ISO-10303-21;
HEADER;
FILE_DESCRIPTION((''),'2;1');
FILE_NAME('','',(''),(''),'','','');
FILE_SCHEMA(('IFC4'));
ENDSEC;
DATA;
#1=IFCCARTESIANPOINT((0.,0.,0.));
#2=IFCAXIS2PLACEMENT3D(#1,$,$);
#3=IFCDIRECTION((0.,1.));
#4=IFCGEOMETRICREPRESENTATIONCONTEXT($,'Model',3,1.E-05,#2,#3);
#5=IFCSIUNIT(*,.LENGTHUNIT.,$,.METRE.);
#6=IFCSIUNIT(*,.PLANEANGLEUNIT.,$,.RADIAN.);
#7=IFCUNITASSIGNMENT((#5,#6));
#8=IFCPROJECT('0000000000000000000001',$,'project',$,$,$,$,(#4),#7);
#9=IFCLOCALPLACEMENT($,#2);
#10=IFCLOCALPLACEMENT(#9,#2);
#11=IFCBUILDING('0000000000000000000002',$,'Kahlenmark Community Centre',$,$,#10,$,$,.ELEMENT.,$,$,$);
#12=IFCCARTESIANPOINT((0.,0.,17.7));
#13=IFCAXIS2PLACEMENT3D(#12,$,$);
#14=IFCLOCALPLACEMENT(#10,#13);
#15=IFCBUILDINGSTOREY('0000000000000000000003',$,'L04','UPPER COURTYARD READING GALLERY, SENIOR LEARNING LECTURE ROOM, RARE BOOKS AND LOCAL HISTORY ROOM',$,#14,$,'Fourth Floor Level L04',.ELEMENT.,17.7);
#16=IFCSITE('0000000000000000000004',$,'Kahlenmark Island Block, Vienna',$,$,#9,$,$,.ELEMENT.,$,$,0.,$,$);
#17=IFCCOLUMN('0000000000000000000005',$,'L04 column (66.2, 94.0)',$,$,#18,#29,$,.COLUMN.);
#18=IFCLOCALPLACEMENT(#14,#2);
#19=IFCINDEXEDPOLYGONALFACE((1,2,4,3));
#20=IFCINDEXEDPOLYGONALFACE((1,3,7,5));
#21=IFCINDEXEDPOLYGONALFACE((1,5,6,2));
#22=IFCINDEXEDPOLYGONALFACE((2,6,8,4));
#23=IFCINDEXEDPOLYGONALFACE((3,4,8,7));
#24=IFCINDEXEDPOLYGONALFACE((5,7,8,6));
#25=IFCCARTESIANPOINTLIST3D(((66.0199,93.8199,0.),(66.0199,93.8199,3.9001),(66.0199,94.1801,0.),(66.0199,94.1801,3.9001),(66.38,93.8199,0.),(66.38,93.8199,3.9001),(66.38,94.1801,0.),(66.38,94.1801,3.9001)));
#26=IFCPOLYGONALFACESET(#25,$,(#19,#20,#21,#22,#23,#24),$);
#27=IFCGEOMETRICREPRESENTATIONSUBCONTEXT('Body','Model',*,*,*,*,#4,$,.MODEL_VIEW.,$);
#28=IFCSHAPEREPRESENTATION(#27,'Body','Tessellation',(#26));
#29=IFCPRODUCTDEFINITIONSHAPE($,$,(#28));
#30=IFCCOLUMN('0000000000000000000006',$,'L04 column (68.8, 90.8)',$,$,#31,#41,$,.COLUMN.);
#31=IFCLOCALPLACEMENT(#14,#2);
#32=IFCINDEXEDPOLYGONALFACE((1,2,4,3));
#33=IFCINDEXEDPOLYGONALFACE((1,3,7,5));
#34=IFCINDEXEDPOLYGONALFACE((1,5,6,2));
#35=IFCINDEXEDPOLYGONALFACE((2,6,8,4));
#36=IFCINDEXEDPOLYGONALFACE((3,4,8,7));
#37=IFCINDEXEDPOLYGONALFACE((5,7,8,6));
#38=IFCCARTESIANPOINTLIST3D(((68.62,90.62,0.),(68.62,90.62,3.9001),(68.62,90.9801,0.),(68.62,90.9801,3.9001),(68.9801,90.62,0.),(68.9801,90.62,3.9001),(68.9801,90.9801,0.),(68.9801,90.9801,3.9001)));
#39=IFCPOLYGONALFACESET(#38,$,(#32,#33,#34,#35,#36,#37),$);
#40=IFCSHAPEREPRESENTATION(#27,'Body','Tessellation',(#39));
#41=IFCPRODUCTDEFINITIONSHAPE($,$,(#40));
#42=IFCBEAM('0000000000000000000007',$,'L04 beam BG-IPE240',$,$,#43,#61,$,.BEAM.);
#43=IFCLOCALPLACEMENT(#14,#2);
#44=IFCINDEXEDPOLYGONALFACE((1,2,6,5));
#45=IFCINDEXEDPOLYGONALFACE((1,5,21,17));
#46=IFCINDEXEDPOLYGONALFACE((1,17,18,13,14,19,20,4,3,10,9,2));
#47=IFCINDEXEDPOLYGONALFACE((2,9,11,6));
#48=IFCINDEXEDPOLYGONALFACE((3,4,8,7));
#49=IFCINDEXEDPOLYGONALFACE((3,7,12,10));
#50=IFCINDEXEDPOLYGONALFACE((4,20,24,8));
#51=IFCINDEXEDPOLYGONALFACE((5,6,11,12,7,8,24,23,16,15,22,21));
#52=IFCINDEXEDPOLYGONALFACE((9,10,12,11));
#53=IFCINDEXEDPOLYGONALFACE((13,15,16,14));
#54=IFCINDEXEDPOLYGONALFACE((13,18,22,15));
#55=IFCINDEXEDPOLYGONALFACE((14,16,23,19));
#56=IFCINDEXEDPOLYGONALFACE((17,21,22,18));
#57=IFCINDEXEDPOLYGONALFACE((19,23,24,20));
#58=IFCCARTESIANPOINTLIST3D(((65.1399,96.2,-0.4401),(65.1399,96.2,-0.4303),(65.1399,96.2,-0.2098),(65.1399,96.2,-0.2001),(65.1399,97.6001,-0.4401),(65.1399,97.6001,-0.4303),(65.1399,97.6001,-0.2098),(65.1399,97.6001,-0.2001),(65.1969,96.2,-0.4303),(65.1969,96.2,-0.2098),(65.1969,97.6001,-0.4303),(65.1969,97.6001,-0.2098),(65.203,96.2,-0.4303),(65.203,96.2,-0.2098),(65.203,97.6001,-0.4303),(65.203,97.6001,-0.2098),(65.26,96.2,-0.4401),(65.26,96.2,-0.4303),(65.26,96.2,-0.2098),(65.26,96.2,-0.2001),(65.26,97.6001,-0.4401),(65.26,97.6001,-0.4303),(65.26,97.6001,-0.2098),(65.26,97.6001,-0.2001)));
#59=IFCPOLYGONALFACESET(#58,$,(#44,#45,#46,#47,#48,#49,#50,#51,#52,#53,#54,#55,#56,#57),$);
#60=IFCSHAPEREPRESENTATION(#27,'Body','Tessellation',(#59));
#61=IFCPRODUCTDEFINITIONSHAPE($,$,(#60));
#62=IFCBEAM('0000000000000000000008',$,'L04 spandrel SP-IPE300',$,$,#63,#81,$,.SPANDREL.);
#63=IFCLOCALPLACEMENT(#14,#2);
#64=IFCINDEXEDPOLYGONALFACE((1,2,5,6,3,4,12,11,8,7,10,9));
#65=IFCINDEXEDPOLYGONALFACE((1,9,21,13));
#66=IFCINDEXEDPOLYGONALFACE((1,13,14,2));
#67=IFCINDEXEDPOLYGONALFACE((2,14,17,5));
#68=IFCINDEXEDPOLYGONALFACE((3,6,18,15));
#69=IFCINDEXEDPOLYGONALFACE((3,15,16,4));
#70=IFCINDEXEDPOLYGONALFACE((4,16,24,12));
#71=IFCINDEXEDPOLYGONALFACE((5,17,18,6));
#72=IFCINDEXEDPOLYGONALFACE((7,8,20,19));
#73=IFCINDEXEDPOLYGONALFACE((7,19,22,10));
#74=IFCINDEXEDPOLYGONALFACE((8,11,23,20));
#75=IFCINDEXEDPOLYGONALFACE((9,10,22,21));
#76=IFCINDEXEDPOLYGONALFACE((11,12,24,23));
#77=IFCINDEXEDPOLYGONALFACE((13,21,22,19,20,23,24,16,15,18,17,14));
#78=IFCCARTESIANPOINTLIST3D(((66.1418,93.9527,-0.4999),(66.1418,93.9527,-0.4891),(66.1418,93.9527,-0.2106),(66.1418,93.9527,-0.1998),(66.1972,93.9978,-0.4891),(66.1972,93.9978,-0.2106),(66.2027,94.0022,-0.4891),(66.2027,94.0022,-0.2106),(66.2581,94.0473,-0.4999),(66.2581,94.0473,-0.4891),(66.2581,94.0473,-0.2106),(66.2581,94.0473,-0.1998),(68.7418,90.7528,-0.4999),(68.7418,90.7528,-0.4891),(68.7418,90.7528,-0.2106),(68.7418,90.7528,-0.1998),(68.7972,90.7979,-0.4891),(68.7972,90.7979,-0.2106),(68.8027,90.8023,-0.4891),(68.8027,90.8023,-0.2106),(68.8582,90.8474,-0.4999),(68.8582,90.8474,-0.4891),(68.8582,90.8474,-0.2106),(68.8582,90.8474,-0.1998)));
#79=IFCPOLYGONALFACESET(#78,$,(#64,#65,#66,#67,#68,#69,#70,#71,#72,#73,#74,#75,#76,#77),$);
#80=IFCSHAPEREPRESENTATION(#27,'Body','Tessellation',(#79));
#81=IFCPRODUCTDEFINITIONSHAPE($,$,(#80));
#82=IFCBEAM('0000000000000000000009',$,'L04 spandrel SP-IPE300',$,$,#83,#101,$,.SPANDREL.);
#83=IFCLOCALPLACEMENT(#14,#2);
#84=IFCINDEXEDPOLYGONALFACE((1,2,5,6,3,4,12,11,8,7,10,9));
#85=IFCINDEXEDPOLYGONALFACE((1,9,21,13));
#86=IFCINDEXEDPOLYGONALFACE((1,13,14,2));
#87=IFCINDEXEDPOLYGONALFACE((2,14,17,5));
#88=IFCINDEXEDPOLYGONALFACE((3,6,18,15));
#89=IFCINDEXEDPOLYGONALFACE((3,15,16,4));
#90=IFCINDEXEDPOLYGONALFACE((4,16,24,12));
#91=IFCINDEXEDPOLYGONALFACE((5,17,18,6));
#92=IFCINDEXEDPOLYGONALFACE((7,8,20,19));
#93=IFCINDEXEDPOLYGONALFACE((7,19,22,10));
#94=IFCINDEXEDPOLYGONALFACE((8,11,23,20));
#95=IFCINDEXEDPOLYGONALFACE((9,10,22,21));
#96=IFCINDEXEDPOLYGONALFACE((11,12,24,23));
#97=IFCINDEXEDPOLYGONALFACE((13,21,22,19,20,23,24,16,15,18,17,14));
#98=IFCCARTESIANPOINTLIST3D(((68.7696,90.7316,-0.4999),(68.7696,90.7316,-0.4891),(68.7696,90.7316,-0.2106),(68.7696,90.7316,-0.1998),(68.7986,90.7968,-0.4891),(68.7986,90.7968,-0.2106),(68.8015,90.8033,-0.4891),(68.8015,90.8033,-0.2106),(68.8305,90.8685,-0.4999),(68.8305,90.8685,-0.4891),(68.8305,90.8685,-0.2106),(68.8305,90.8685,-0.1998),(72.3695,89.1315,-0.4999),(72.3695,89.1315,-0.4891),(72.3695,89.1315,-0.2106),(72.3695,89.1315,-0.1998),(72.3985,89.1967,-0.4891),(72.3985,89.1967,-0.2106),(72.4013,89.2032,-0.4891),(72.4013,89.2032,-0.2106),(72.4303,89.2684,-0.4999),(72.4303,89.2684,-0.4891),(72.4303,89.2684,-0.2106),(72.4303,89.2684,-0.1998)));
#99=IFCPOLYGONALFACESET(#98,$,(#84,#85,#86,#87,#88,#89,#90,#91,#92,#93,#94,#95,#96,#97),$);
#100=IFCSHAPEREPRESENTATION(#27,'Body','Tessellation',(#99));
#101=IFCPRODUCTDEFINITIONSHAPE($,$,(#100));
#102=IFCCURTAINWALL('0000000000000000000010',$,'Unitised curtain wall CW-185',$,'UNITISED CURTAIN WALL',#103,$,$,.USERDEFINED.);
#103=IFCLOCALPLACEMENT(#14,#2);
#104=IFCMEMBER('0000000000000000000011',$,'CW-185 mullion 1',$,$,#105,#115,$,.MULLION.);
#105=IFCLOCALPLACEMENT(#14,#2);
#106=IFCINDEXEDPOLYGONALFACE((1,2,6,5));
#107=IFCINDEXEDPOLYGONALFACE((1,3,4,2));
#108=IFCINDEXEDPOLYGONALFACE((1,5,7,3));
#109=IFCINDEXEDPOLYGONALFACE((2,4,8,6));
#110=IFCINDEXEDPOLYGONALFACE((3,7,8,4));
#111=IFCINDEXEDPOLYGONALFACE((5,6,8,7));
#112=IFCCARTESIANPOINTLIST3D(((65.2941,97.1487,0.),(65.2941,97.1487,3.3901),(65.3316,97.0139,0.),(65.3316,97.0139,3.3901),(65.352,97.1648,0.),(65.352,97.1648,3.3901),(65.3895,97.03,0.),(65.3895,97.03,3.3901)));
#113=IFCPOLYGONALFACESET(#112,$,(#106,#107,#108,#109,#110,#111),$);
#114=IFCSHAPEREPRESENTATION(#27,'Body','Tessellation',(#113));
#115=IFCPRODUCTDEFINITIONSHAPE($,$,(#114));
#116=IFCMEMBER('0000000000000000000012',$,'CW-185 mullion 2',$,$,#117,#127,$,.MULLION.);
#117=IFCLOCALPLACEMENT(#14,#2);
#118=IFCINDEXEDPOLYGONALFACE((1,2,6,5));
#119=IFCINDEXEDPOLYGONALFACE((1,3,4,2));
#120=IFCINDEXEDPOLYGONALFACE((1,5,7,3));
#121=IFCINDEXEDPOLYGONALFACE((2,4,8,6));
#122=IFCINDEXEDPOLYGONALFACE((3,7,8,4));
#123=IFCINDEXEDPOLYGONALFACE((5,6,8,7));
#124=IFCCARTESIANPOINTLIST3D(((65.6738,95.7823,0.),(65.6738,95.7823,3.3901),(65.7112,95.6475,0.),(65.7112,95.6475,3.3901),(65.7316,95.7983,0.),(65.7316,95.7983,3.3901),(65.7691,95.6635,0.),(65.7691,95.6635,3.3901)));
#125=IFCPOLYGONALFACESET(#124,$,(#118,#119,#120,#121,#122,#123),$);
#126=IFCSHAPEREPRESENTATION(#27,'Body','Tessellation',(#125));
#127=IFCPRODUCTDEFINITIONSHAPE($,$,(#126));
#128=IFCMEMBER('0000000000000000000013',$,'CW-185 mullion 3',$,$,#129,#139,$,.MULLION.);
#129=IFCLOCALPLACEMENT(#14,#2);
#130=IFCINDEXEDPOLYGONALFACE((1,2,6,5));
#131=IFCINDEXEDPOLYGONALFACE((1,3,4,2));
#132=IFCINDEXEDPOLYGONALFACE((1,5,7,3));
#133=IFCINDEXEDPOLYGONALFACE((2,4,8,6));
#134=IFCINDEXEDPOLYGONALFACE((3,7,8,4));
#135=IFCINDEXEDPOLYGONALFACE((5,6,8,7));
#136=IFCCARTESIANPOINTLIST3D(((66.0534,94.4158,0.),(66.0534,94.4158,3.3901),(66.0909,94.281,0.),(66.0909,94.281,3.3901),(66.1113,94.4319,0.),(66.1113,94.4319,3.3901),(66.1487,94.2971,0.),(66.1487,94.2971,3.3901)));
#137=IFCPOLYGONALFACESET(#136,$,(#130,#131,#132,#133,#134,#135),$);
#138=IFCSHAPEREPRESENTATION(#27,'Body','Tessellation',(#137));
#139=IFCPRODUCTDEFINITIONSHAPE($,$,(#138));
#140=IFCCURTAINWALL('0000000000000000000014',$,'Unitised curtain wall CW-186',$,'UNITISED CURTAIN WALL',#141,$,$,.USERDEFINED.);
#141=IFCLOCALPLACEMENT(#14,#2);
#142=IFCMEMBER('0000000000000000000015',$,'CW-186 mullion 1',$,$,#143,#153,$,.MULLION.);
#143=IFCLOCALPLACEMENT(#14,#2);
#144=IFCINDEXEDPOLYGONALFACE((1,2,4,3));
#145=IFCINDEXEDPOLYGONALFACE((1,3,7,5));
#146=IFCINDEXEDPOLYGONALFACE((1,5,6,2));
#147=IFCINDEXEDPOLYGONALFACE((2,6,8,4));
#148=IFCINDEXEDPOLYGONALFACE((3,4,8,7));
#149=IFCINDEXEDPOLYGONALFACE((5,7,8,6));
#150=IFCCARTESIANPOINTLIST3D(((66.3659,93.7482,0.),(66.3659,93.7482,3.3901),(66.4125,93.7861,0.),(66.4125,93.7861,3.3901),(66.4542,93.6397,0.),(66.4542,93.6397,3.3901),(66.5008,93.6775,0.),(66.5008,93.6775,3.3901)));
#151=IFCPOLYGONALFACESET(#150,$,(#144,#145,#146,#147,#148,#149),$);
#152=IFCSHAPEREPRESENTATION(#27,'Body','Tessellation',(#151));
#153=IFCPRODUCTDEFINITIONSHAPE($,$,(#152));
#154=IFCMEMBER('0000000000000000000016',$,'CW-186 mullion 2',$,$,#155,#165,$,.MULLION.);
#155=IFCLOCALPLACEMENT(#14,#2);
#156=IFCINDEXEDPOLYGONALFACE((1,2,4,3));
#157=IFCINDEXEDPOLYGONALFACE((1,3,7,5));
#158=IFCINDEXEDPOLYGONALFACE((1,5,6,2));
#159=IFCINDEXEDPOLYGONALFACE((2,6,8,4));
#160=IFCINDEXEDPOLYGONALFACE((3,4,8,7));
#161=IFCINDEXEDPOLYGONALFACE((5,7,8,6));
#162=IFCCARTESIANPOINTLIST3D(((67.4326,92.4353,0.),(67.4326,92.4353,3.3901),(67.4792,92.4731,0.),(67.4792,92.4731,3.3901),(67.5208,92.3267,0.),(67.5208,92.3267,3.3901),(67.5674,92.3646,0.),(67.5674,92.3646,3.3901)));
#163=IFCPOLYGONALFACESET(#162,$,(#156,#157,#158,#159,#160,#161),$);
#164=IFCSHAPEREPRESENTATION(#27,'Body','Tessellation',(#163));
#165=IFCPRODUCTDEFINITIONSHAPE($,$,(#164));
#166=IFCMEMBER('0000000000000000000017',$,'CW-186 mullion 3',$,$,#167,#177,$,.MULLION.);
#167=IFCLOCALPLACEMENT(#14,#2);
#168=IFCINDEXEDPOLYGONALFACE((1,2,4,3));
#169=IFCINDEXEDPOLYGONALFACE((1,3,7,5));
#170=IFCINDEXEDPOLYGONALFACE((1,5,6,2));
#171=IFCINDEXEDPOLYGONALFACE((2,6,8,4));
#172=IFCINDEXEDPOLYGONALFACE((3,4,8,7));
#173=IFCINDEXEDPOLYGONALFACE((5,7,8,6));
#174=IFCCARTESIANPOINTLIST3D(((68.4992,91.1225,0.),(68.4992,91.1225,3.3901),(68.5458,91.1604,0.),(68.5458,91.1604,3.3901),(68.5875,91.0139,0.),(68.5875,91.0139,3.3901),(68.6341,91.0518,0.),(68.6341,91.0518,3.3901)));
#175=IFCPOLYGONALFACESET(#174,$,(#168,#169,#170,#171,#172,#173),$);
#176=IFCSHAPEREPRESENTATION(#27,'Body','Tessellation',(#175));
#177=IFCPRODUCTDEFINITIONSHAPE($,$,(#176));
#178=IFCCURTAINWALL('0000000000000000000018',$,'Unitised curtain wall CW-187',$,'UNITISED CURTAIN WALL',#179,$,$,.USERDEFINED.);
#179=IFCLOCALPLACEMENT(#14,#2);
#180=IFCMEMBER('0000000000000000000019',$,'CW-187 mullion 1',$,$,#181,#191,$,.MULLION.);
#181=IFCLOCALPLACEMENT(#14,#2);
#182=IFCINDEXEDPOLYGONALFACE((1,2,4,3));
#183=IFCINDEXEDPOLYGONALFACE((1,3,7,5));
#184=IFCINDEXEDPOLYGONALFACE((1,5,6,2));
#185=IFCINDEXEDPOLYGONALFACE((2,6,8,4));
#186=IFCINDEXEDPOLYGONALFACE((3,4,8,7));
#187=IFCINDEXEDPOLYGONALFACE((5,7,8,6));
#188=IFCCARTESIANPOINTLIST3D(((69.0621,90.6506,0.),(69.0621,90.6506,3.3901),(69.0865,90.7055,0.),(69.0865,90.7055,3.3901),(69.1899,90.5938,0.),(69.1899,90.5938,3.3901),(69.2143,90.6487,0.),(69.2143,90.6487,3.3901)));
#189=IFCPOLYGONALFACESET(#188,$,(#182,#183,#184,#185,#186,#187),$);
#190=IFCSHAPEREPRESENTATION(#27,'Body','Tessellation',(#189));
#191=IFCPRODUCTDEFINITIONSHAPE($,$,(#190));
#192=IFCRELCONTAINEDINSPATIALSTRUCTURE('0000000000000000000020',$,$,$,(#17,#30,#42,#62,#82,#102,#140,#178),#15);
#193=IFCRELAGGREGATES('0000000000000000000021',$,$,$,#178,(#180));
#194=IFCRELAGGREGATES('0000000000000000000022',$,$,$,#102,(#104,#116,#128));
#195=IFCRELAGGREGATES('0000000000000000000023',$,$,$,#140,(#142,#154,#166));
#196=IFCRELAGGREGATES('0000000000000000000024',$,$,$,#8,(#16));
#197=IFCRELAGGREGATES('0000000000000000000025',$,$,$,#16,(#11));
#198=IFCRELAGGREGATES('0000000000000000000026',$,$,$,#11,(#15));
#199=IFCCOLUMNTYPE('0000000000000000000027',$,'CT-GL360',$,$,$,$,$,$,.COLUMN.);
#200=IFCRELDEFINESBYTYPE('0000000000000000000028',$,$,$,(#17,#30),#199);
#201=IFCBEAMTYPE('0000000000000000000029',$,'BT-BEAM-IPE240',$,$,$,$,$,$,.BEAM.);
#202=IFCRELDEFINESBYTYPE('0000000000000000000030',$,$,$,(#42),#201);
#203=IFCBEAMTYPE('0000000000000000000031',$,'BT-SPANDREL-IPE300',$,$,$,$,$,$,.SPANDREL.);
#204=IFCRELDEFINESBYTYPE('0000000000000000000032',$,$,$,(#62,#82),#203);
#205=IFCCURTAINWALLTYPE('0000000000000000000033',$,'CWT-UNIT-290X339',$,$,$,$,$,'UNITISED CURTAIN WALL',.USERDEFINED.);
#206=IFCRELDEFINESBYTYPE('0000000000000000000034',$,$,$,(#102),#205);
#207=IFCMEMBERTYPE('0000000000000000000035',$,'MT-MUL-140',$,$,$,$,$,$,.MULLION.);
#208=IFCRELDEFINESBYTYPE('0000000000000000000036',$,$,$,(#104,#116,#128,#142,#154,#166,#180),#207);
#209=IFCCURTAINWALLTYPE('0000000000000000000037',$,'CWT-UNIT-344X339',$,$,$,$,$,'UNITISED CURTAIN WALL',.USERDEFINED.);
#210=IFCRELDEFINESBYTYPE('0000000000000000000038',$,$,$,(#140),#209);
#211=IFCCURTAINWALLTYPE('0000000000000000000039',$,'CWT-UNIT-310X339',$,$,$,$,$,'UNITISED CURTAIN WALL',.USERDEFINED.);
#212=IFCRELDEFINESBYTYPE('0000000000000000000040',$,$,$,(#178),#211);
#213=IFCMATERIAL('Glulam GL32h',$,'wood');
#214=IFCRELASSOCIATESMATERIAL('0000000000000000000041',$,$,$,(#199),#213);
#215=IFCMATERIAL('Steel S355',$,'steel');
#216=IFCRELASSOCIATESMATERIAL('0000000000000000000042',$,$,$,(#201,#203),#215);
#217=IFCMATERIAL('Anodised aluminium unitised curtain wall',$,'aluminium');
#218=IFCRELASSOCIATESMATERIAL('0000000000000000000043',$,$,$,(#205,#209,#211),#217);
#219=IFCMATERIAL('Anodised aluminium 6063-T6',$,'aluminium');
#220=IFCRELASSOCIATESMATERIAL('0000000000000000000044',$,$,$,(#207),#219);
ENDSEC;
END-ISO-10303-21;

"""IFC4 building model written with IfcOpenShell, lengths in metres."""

from ifc_helpers import new_model, si_unit, direction, frame, origin, origin_2d, place, context, subcontext, project, spatial, rectangle, i_section, extrude, material, material_profile, profile_set, type_object, element, aggregate, save


model = new_model("IFC4")

# Units and contexts
model_context = context("Model", 3, precision=1e-05, world=origin(), true_north=direction((0.0, 1.0)))
body_context = subcontext(model_context, "Body", "Model", "MODEL_VIEW")
ifc_project = project(units=[si_unit("LENGTHUNIT", "METRE"), si_unit("PLANEANGLEUNIT", "RADIAN")], contexts=[model_context])

# Site, building, storey
site_placement = place(None, origin())
site = spatial("IfcSite", under=ifc_project, at=site_placement, Name="Kahlenmark Island Block, Vienna", CompositionType="ELEMENT", RefElevation=0.0)
building_placement = place(site_placement, origin())
building = spatial("IfcBuilding", under=site, at=building_placement, Name="Kahlenmark Community Centre", CompositionType="ELEMENT")
storey_placement = place(building_placement, frame((0.0, 0.0, 17.7)))
storey = spatial("IfcBuildingStorey", under=building, at=storey_placement, Name="L04", Description="UPPER COURTYARD READING GALLERY, SENIOR LEARNING LECTURE ROOM, RARE BOOKS AND LOCAL HISTORY ROOM", LongName="Fourth Floor Level L04", CompositionType="ELEMENT", Elevation=17.7)

# Columns
ifc_material_1 = material(Name="Glulam GL32h", Category="wood")
ifc_material_profile_1 = material_profile(ifc_material_1, rectangle(XDim=0.3601, YDim=0.3601, at=origin_2d()), Name="GL32h 360x360")
ifc_profile_set_1 = profile_set([ifc_material_profile_1], Name="Glulam GL32h")
column_type = type_object("IfcColumnType", Name="CT-GL360", PredefinedType="COLUMN", material=ifc_profile_set_1)
for number, where, z_axis, x_axis, name in (
    (1, (66.2, 94.0, 0.0), (0.0, 0.0, 1.0), (1.0, 0.0, 0.0), "L04 column (66.2, 94.0)"),
    (2, (68.8, 90.8, 0.0), (0.0, 0.0, 1.0), (1.0, 0.0, 0.0), "L04 column (68.8, 90.8)"),
):
    element("IfcColumn", number, at=place(storey_placement, frame(where, z_axis=z_axis, x_axis=x_axis)), inside=storey, type_object=column_type, Name=name, PredefinedType="COLUMN", context=body_context, shape_type="SweptSolid", body=[
        extrude(rectangle(XDim=0.3601, YDim=0.3601, at=origin_2d()), origin(), (0.0, 0.0, 1.0), 3.9001),
    ])

# Beams
ifc_material_2 = material(Name="Steel S355", Category="steel")
ifc_material_profile_2 = material_profile(ifc_material_2, i_section(OverallWidth=0.1201, OverallDepth=0.24, WebThickness=0.0061, FlangeThickness=0.0098, at=origin_2d()), Name="IPE 240")
ifc_profile_set_2 = profile_set([ifc_material_profile_2], Name="Steel S355")
beam_type_1 = type_object("IfcBeamType", Name="BT-BEAM-IPE240", PredefinedType="BEAM", material=ifc_profile_set_2)
beam_1_placement = place(storey_placement, frame((65.2, 96.2, -0.3201), z_axis=(0.0, 1.0, 0.0), x_axis=(-1.0, 0.0, 0.0)))
element("IfcBeam", 3, at=beam_1_placement, inside=storey, type_object=beam_type_1, Name="L04 beam BG-IPE240", PredefinedType="BEAM", context=body_context, shape_type="SweptSolid", body=[
    extrude(i_section(OverallWidth=0.1201, OverallDepth=0.24, WebThickness=0.0061, FlangeThickness=0.0098, at=origin_2d()), origin(), (0.0, 0.0, 1.0), 1.4001),
])
ifc_material_profile_3 = material_profile(ifc_material_2, i_section(OverallWidth=0.1499, OverallDepth=0.3, WebThickness=0.0071, FlangeThickness=0.0107, at=origin_2d()), Name="IPE 300")
ifc_profile_set_3 = profile_set([ifc_material_profile_3], Name="Steel S355")
beam_type_2 = type_object("IfcBeamType", Name="BT-SPANDREL-IPE300", PredefinedType="SPANDREL", material=ifc_profile_set_3)
beam_2_placement = place(storey_placement, frame((66.2, 94.0, -0.3499), z_axis=(0.630613, -0.776098, 0.0), x_axis=(0.776098, 0.630613, 0.0)))
element("IfcBeam", 4, at=beam_2_placement, inside=storey, type_object=beam_type_2, Name="L04 spandrel SP-IPE300", PredefinedType="SPANDREL", context=body_context, shape_type="SweptSolid", body=[
    extrude(i_section(OverallWidth=0.1499, OverallDepth=0.3, WebThickness=0.0071, FlangeThickness=0.0107, at=origin_2d()), origin(), (0.0, 0.0, 1.0), 4.123),
])
beam_3_placement = place(storey_placement, frame((68.8, 90.8, -0.3499), z_axis=(0.913796, -0.406173, 0.0), x_axis=(0.406173, 0.913796, 0.0)))
element("IfcBeam", 5, at=beam_3_placement, inside=storey, type_object=beam_type_2, Name="L04 spandrel SP-IPE300", PredefinedType="SPANDREL", context=body_context, shape_type="SweptSolid", body=[
    extrude(i_section(OverallWidth=0.1499, OverallDepth=0.3, WebThickness=0.0071, FlangeThickness=0.0107, at=origin_2d()), origin(), (0.0, 0.0, 1.0), 3.9395),
])

# Curtain walls, members
ifc_material_3 = material(Name="Anodised aluminium unitised curtain wall", Category="aluminium")
curtain_wall_type_1 = type_object("IfcCurtainWallType", Name="CWT-UNIT-290X339", ElementType="UNITISED CURTAIN WALL", PredefinedType="USERDEFINED", material=ifc_material_3)
curtain_wall_1_placement = place(storey_placement, origin())
curtain_wall_1 = element("IfcCurtainWall", 6, at=curtain_wall_1_placement, inside=storey, type_object=curtain_wall_type_1, Name="Unitised curtain wall CW-185", ObjectType="UNITISED CURTAIN WALL", PredefinedType="USERDEFINED")
ifc_material_4 = material(Name="Anodised aluminium 6063-T6", Category="aluminium")
ifc_material_profile_4 = material_profile(ifc_material_4, rectangle(XDim=0.0601, YDim=0.1399, at=origin_2d()), Name="ALU MULLION 60x140")
ifc_profile_set_4 = profile_set([ifc_material_profile_4], Name="Anodised aluminium 6063-T6")
member_type_1 = type_object("IfcMemberType", Name="MT-MUL-140", PredefinedType="MULLION", material=ifc_profile_set_4)
member_1_placement = place(storey_placement, frame((65.3418, 97.0894, 0.0), z_axis=(0.0, 0.0, 1.0), x_axis=(0.963515, 0.267654, 0.0)))
member_1 = element("IfcMember", 7, at=member_1_placement, type_object=member_type_1, Name="CW-185 mullion 1", PredefinedType="MULLION", context=body_context, shape_type="SweptSolid", body=[
    extrude(rectangle(XDim=0.0601, YDim=0.1399, at=origin_2d()), origin(), (0.0, 0.0, 1.0), 3.3901),
])
member_2_placement = place(storey_placement, frame((65.7214, 95.7229, 0.0), z_axis=(0.0, 0.0, 1.0), x_axis=(0.963515, 0.267654, 0.0)))
member_2 = element("IfcMember", 8, at=member_2_placement, type_object=member_type_1, Name="CW-185 mullion 2", PredefinedType="MULLION", context=body_context, shape_type="SweptSolid", body=[
    extrude(rectangle(XDim=0.0601, YDim=0.1399, at=origin_2d()), origin(), (0.0, 0.0, 1.0), 3.3901),
])
member_3_placement = place(storey_placement, frame((66.1011, 94.3564, 0.0), z_axis=(0.0, 0.0, 1.0), x_axis=(0.963515, 0.267654, 0.0)))
member_3 = element("IfcMember", 9, at=member_3_placement, type_object=member_type_1, Name="CW-185 mullion 3", PredefinedType="MULLION", context=body_context, shape_type="SweptSolid", body=[
    extrude(rectangle(XDim=0.0601, YDim=0.1399, at=origin_2d()), origin(), (0.0, 0.0, 1.0), 3.3901),
])
curtain_wall_type_2 = type_object("IfcCurtainWallType", Name="CWT-UNIT-344X339", ElementType="UNITISED CURTAIN WALL", PredefinedType="USERDEFINED", material=ifc_material_3)
curtain_wall_2_placement = place(storey_placement, origin())
curtain_wall_2 = element("IfcCurtainWall", 10, at=curtain_wall_2_placement, inside=storey, type_object=curtain_wall_type_2, Name="Unitised curtain wall CW-186", ObjectType="UNITISED CURTAIN WALL", PredefinedType="USERDEFINED")
member_4_placement = place(storey_placement, frame((66.4333, 93.7129, 0.0), z_axis=(0.0, 0.0, 1.0), x_axis=(0.776109, 0.630599, 0.0)))
member_4 = element("IfcMember", 11, at=member_4_placement, type_object=member_type_1, Name="CW-186 mullion 1", PredefinedType="MULLION", context=body_context, shape_type="SweptSolid", body=[
    extrude(rectangle(XDim=0.0601, YDim=0.1399, at=origin_2d()), origin(), (0.0, 0.0, 1.0), 3.3901),
])
member_5_placement = place(storey_placement, frame((67.5, 92.3999, 0.0), z_axis=(0.0, 0.0, 1.0), x_axis=(0.776109, 0.630599, 0.0)))
member_5 = element("IfcMember", 12, at=member_5_placement, type_object=member_type_1, Name="CW-186 mullion 2", PredefinedType="MULLION", context=body_context, shape_type="SweptSolid", body=[
    extrude(rectangle(XDim=0.0601, YDim=0.1399, at=origin_2d()), origin(), (0.0, 0.0, 1.0), 3.3901),
])
member_6_placement = place(storey_placement, frame((68.5667, 91.0872, 0.0), z_axis=(0.0, 0.0, 1.0), x_axis=(0.776109, 0.630599, 0.0)))
member_6 = element("IfcMember", 13, at=member_6_placement, type_object=member_type_1, Name="CW-186 mullion 3", PredefinedType="MULLION", context=body_context, shape_type="SweptSolid", body=[
    extrude(rectangle(XDim=0.0601, YDim=0.1399, at=origin_2d()), origin(), (0.0, 0.0, 1.0), 3.3901),
])

# Curtain wall, member
curtain_wall_type_3 = type_object("IfcCurtainWallType", Name="CWT-UNIT-310X339", ElementType="UNITISED CURTAIN WALL", PredefinedType="USERDEFINED", material=ifc_material_3)
curtain_wall_3_placement = place(storey_placement, origin())
curtain_wall_3 = element("IfcCurtainWall", 14, at=curtain_wall_3_placement, inside=storey, type_object=curtain_wall_type_3, Name="Unitised curtain wall CW-187", ObjectType="UNITISED CURTAIN WALL", PredefinedType="USERDEFINED")
member_7_placement = place(storey_placement, frame((69.1382, 90.6497, 0.0), z_axis=(0.0, 0.0, 1.0), x_axis=(0.406126, 0.913817, 0.0)))
member_7 = element("IfcMember", 15, at=member_7_placement, type_object=member_type_1, Name="CW-187 mullion 1", PredefinedType="MULLION", context=body_context, shape_type="SweptSolid", body=[
    extrude(rectangle(XDim=0.0601, YDim=0.1399, at=origin_2d()), origin(), (0.0, 0.0, 1.0), 3.3901),
])
aggregate(curtain_wall_3, [member_7])

aggregate(curtain_wall_1, [member_1, member_2, member_3])
aggregate(curtain_wall_2, [member_4, member_5, member_6])

save(model, "model.ifc")
